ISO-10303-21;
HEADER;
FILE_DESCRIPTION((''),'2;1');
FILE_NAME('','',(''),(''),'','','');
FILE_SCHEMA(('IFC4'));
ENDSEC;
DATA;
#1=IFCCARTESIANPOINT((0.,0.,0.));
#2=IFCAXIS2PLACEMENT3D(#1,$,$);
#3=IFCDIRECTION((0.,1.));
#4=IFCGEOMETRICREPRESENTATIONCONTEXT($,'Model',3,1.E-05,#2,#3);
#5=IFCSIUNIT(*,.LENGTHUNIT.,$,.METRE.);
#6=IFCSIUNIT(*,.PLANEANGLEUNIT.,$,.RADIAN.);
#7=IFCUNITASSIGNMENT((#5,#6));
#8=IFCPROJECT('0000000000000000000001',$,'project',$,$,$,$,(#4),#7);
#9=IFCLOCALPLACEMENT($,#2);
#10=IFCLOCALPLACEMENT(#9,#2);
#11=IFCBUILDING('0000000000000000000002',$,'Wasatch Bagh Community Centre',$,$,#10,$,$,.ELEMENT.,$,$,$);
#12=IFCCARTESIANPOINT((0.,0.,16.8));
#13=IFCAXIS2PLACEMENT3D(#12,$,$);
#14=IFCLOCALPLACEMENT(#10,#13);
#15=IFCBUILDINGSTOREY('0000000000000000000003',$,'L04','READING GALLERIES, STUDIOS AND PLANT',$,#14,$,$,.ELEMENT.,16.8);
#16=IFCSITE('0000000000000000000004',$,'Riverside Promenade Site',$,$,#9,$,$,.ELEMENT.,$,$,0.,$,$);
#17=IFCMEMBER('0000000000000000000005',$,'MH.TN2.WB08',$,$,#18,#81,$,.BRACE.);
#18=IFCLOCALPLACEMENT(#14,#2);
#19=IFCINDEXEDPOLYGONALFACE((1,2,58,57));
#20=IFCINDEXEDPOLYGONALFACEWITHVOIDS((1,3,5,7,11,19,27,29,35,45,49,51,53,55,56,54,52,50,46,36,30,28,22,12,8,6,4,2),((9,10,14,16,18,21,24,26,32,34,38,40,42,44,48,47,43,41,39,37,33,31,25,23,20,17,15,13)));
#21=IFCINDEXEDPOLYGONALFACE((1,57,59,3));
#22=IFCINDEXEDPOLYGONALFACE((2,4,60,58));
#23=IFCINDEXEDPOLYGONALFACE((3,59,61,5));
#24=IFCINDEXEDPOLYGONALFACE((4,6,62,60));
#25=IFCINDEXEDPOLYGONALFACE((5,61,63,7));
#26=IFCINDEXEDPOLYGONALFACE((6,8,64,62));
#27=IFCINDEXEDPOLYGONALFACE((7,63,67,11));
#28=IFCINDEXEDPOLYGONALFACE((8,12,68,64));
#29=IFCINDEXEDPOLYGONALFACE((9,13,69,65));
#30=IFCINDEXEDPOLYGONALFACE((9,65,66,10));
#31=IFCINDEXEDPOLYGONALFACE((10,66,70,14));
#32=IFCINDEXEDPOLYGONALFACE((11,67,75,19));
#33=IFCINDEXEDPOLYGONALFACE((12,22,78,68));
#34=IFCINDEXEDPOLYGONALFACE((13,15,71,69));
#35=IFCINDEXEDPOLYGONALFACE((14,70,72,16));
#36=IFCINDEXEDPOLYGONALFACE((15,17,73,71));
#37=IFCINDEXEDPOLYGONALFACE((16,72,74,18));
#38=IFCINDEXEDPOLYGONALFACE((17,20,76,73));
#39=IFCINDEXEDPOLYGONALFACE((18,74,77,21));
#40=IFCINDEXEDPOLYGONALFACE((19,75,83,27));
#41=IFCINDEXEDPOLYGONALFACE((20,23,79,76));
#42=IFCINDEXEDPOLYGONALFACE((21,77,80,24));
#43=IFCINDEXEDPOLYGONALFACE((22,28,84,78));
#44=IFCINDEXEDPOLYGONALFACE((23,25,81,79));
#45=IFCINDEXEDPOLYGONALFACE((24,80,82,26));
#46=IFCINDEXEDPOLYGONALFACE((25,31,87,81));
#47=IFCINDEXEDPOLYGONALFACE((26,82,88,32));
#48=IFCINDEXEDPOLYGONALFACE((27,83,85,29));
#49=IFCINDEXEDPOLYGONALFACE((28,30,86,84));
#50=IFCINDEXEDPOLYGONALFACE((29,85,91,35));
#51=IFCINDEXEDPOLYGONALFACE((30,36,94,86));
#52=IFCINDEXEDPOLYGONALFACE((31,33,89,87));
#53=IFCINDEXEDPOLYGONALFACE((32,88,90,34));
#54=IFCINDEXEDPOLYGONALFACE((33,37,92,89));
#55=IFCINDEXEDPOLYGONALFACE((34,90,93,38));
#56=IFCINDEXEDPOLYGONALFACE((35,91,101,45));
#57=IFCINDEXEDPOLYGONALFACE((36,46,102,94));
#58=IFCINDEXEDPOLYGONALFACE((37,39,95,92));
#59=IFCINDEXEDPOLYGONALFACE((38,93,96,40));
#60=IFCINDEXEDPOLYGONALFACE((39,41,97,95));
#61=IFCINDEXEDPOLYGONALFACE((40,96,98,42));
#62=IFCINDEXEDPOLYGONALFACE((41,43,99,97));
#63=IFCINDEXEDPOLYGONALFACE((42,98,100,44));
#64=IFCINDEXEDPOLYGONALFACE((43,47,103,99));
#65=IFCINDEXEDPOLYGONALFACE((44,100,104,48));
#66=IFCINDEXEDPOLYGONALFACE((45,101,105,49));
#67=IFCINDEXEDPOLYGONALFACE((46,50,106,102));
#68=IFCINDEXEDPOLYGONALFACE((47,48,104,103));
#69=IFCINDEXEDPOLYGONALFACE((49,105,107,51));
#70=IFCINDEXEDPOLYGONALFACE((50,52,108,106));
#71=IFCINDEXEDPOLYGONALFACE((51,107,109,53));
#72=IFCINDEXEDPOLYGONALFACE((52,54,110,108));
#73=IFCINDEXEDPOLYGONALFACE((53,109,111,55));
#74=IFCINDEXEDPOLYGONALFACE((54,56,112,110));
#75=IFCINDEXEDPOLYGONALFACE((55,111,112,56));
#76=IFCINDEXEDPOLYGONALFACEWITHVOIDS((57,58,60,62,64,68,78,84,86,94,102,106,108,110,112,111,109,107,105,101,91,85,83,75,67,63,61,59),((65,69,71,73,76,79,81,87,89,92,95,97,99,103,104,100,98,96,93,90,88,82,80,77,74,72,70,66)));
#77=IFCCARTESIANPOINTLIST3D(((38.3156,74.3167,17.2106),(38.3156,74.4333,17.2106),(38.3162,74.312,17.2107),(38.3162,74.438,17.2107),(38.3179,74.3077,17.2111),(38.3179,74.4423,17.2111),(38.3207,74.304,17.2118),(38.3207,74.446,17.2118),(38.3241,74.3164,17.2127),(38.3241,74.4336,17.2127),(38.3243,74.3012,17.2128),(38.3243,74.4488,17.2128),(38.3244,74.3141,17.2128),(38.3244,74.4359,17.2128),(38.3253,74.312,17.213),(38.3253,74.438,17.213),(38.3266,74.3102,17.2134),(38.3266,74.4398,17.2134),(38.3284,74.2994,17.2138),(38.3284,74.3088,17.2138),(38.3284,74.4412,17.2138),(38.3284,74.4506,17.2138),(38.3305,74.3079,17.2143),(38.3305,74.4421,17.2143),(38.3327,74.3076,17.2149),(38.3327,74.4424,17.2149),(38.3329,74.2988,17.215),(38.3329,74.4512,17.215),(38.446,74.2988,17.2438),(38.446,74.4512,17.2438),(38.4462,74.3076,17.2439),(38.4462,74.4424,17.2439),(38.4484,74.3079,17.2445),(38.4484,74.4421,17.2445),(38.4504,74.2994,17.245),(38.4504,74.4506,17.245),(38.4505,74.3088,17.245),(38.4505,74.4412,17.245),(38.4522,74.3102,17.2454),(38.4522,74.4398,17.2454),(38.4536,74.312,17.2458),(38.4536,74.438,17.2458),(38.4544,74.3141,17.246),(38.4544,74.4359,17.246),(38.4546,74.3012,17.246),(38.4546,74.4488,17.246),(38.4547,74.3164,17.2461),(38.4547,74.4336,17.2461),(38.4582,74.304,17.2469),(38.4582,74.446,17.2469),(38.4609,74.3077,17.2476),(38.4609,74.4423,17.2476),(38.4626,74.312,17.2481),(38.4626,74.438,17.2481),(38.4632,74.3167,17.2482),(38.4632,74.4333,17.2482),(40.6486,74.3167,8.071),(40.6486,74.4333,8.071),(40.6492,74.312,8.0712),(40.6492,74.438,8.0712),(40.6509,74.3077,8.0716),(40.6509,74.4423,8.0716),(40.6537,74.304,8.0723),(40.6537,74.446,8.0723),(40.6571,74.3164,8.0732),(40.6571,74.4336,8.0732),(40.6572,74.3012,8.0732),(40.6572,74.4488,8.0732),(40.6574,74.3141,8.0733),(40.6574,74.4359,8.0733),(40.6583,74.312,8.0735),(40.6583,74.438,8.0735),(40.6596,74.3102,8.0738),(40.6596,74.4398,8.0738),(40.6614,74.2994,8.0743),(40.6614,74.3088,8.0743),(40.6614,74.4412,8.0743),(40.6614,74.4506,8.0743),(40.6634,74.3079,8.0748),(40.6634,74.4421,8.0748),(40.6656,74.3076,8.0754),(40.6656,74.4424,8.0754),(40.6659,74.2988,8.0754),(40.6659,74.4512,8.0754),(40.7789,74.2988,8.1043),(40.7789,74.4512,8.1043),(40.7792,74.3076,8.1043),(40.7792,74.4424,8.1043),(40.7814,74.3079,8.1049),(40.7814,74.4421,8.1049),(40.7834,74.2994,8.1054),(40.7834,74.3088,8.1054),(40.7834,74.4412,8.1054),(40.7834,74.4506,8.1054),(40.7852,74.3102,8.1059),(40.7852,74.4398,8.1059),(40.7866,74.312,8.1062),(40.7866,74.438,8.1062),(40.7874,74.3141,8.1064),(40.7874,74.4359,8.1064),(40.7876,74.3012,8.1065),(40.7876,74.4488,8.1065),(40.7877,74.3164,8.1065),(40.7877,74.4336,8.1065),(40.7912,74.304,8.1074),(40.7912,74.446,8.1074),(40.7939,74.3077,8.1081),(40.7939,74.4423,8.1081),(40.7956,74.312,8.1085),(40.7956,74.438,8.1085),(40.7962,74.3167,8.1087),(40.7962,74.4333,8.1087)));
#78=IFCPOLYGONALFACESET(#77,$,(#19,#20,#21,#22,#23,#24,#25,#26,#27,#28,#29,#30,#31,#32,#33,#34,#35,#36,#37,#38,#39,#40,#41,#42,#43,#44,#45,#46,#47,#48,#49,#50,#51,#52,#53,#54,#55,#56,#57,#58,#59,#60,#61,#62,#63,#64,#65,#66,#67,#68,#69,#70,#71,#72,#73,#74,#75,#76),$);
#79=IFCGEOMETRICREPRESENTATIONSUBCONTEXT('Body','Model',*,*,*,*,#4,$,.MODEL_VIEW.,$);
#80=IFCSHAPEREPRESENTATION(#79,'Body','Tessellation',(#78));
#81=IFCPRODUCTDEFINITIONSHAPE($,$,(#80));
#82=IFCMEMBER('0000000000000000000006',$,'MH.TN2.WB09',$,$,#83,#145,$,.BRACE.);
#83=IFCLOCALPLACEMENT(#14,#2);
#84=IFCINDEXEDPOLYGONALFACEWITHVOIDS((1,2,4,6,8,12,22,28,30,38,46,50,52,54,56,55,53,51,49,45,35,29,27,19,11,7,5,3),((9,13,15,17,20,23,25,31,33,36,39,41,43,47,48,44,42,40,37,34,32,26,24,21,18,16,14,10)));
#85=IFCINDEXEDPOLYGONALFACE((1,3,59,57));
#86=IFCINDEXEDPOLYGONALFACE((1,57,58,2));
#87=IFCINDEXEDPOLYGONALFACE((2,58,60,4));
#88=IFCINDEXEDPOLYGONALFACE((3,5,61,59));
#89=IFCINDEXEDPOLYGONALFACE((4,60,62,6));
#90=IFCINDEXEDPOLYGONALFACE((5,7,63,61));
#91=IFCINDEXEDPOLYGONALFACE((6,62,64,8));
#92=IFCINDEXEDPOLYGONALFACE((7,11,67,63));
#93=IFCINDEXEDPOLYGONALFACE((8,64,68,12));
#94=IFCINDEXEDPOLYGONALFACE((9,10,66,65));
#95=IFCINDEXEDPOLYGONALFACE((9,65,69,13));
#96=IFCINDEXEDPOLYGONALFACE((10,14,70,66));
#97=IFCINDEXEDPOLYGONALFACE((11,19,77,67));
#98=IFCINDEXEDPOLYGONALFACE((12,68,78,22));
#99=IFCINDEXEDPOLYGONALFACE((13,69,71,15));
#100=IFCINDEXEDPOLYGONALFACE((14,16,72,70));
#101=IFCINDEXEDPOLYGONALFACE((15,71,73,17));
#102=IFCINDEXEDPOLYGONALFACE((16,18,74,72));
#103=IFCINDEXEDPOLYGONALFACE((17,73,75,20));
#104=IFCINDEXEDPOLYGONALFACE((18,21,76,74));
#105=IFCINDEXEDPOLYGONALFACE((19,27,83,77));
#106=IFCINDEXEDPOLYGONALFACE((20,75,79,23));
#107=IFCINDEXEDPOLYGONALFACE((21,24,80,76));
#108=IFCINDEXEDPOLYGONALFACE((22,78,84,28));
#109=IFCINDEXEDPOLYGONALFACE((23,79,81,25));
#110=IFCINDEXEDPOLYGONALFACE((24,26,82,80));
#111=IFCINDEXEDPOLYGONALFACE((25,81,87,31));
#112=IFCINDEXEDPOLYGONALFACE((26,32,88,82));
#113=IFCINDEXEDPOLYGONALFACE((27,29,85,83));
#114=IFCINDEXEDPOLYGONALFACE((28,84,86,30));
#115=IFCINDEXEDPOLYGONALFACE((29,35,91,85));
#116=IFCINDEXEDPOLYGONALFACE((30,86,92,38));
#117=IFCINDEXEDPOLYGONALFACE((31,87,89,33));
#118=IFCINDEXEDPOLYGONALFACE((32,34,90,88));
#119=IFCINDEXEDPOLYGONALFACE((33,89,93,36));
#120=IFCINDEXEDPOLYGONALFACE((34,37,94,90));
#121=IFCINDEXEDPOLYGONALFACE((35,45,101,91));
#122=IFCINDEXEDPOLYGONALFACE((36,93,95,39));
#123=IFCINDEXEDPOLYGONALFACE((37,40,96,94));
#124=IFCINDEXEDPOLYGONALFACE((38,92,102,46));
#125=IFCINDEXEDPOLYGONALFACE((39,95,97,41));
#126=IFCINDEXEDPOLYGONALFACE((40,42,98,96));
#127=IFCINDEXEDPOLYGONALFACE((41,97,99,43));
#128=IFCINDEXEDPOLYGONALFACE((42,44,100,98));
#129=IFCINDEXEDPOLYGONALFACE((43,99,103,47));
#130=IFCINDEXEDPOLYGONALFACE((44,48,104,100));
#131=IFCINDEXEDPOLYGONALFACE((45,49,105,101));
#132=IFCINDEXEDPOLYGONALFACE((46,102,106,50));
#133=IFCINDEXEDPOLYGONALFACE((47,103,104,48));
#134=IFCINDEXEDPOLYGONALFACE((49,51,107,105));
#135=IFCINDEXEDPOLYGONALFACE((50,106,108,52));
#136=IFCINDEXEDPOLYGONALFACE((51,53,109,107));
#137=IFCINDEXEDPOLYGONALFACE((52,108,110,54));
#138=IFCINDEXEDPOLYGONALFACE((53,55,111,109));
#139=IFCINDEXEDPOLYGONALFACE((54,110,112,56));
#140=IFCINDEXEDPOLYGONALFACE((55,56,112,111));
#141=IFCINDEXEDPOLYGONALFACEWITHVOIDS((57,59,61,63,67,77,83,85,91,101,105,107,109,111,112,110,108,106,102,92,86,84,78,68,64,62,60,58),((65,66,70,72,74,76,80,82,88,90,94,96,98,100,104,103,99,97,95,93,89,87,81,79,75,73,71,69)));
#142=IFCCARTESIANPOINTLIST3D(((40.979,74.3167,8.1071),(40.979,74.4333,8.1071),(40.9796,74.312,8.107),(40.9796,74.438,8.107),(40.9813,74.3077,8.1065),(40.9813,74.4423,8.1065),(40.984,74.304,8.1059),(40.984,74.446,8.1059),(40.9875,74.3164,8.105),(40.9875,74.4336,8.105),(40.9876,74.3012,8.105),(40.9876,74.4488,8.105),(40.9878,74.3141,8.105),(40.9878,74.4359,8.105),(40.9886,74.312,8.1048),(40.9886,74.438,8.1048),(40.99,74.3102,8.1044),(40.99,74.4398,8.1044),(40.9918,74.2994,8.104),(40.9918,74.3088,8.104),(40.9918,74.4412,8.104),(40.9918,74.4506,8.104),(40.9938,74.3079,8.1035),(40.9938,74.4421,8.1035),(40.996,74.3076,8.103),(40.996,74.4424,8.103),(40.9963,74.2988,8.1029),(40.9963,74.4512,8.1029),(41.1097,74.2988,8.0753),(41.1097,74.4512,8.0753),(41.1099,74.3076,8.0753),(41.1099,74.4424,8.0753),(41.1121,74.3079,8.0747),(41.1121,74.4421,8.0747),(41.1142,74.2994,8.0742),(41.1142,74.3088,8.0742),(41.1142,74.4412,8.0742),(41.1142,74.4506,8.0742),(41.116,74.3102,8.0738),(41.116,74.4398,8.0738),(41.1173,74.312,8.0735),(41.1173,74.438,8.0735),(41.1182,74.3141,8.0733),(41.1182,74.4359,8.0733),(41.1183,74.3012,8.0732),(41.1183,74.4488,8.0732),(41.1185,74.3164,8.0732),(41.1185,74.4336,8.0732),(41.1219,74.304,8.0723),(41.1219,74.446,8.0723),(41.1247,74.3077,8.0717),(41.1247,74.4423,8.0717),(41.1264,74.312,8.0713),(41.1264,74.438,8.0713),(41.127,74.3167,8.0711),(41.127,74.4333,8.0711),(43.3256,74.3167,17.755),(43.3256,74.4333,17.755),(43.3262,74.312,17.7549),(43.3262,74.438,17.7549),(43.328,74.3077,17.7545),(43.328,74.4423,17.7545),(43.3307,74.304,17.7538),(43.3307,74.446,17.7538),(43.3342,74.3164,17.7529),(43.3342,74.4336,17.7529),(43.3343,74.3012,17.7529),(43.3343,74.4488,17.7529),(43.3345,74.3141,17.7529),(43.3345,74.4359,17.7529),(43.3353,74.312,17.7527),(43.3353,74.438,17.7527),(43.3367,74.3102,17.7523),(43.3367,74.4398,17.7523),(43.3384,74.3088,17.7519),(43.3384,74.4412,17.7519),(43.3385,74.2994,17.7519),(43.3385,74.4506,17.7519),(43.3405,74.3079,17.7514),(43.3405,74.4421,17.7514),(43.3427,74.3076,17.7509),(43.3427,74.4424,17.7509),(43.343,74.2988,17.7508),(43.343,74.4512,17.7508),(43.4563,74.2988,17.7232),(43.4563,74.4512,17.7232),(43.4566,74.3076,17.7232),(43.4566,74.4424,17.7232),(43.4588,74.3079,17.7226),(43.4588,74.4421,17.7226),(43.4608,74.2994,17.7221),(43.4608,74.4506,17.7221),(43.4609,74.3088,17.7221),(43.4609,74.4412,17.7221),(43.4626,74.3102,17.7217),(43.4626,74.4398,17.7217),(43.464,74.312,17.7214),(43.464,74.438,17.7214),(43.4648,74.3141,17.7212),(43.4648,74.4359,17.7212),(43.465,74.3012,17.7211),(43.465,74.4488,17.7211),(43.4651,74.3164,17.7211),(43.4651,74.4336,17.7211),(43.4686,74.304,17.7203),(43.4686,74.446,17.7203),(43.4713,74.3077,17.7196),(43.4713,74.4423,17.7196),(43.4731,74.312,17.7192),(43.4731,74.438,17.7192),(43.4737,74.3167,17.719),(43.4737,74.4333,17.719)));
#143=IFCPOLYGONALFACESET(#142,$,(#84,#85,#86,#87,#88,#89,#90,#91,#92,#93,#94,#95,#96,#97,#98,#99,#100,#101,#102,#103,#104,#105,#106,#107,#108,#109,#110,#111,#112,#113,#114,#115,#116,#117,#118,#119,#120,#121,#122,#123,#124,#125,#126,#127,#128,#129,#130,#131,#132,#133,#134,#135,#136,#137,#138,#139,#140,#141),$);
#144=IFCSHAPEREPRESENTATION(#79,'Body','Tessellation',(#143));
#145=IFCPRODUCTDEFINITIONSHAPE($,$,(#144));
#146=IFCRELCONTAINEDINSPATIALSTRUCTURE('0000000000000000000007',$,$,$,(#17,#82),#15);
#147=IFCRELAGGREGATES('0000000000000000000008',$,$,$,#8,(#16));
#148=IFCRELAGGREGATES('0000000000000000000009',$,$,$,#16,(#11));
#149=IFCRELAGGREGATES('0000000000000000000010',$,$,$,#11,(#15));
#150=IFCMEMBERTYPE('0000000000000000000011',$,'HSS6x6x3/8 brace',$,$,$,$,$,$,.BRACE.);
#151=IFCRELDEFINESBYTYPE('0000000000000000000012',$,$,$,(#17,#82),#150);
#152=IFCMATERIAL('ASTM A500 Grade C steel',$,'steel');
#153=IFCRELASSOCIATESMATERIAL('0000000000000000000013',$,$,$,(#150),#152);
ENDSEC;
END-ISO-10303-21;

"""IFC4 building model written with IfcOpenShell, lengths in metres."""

from ifc_helpers import new_model, si_unit, direction, frame, origin, origin_2d, place, context, subcontext, project, spatial, hollow_rectangle, extrude, material, material_profile, profile_set, type_object, element, save


model = new_model("IFC4")

# Units and contexts
model_context = context("Model", 3, precision=1e-05, world=origin(), true_north=direction((0.0, 1.0)))
body_context = subcontext(model_context, "Body", "Model", "MODEL_VIEW")
ifc_project = project(units=[si_unit("LENGTHUNIT", "METRE"), si_unit("PLANEANGLEUNIT", "RADIAN")], contexts=[model_context])

# Site, building, storey
site_placement = place(None, origin())
site = spatial("IfcSite", under=ifc_project, at=site_placement, Name="Riverside Promenade Site", CompositionType="ELEMENT", RefElevation=0.0)
building_placement = place(site_placement, origin())
building = spatial("IfcBuilding", under=site, at=building_placement, Name="Wasatch Bagh Community Centre", CompositionType="ELEMENT")
storey_placement = place(building_placement, frame((0.0, 0.0, 16.8)))
storey = spatial("IfcBuildingStorey", under=building, at=storey_placement, Name="L04", Description="READING GALLERIES, STUDIOS AND PLANT", CompositionType="ELEMENT", Elevation=16.8)

# Members
ifc_material_1 = material(Name="ASTM A500 Grade C steel", Category="steel")
ifc_material_profile_1 = material_profile(ifc_material_1, hollow_rectangle(XDim=0.1523, YDim=0.1523, WallThickness=0.0088, InnerFilletRadius=0.0088, OuterFilletRadius=0.0178, at=origin_2d()), Name="HSS6x6x3/8")
ifc_profile_set_1 = profile_set([ifc_material_profile_1], Name="ASTM A500 Grade C steel")
member_type_1 = type_object("IfcMemberType", Name="HSS6x6x3/8 brace", PredefinedType="BRACE", material=ifc_profile_set_1)
member_1_placement = place(storey_placement, frame((40.7224, 74.375, 8.0898), z_axis=(-0.247332, 0.0, 0.968931), x_axis=(0.0, -1.0, 0.0)))
element("IfcMember", 1, at=member_1_placement, inside=storey, type_object=member_type_1, Name="MH.TN2.WB08", PredefinedType="BRACE", context=body_context, shape_type="SweptSolid", body=[
    extrude(hollow_rectangle(XDim=0.1523, YDim=0.1523, WallThickness=0.0088, InnerFilletRadius=0.0088, OuterFilletRadius=0.0178, at=origin_2d()), origin(), (0.0, 0.0, 1.0), 9.4326),
])
member_2_placement = place(storey_placement, frame((41.053, 74.375, 8.0891), z_axis=(0.23634, 0.0, 0.97167), x_axis=(0.0, 1.0, 0.0)))
element("IfcMember", 2, at=member_2_placement, inside=storey, type_object=member_type_1, Name="MH.TN2.WB09", PredefinedType="BRACE", context=body_context, shape_type="SweptSolid", body=[
    extrude(hollow_rectangle(XDim=0.1523, YDim=0.1523, WallThickness=0.0088, InnerFilletRadius=0.0088, OuterFilletRadius=0.0178, at=origin_2d()), origin(), (0.0, 0.0, 1.0), 9.9292),
])

save(model, "model.ifc")
